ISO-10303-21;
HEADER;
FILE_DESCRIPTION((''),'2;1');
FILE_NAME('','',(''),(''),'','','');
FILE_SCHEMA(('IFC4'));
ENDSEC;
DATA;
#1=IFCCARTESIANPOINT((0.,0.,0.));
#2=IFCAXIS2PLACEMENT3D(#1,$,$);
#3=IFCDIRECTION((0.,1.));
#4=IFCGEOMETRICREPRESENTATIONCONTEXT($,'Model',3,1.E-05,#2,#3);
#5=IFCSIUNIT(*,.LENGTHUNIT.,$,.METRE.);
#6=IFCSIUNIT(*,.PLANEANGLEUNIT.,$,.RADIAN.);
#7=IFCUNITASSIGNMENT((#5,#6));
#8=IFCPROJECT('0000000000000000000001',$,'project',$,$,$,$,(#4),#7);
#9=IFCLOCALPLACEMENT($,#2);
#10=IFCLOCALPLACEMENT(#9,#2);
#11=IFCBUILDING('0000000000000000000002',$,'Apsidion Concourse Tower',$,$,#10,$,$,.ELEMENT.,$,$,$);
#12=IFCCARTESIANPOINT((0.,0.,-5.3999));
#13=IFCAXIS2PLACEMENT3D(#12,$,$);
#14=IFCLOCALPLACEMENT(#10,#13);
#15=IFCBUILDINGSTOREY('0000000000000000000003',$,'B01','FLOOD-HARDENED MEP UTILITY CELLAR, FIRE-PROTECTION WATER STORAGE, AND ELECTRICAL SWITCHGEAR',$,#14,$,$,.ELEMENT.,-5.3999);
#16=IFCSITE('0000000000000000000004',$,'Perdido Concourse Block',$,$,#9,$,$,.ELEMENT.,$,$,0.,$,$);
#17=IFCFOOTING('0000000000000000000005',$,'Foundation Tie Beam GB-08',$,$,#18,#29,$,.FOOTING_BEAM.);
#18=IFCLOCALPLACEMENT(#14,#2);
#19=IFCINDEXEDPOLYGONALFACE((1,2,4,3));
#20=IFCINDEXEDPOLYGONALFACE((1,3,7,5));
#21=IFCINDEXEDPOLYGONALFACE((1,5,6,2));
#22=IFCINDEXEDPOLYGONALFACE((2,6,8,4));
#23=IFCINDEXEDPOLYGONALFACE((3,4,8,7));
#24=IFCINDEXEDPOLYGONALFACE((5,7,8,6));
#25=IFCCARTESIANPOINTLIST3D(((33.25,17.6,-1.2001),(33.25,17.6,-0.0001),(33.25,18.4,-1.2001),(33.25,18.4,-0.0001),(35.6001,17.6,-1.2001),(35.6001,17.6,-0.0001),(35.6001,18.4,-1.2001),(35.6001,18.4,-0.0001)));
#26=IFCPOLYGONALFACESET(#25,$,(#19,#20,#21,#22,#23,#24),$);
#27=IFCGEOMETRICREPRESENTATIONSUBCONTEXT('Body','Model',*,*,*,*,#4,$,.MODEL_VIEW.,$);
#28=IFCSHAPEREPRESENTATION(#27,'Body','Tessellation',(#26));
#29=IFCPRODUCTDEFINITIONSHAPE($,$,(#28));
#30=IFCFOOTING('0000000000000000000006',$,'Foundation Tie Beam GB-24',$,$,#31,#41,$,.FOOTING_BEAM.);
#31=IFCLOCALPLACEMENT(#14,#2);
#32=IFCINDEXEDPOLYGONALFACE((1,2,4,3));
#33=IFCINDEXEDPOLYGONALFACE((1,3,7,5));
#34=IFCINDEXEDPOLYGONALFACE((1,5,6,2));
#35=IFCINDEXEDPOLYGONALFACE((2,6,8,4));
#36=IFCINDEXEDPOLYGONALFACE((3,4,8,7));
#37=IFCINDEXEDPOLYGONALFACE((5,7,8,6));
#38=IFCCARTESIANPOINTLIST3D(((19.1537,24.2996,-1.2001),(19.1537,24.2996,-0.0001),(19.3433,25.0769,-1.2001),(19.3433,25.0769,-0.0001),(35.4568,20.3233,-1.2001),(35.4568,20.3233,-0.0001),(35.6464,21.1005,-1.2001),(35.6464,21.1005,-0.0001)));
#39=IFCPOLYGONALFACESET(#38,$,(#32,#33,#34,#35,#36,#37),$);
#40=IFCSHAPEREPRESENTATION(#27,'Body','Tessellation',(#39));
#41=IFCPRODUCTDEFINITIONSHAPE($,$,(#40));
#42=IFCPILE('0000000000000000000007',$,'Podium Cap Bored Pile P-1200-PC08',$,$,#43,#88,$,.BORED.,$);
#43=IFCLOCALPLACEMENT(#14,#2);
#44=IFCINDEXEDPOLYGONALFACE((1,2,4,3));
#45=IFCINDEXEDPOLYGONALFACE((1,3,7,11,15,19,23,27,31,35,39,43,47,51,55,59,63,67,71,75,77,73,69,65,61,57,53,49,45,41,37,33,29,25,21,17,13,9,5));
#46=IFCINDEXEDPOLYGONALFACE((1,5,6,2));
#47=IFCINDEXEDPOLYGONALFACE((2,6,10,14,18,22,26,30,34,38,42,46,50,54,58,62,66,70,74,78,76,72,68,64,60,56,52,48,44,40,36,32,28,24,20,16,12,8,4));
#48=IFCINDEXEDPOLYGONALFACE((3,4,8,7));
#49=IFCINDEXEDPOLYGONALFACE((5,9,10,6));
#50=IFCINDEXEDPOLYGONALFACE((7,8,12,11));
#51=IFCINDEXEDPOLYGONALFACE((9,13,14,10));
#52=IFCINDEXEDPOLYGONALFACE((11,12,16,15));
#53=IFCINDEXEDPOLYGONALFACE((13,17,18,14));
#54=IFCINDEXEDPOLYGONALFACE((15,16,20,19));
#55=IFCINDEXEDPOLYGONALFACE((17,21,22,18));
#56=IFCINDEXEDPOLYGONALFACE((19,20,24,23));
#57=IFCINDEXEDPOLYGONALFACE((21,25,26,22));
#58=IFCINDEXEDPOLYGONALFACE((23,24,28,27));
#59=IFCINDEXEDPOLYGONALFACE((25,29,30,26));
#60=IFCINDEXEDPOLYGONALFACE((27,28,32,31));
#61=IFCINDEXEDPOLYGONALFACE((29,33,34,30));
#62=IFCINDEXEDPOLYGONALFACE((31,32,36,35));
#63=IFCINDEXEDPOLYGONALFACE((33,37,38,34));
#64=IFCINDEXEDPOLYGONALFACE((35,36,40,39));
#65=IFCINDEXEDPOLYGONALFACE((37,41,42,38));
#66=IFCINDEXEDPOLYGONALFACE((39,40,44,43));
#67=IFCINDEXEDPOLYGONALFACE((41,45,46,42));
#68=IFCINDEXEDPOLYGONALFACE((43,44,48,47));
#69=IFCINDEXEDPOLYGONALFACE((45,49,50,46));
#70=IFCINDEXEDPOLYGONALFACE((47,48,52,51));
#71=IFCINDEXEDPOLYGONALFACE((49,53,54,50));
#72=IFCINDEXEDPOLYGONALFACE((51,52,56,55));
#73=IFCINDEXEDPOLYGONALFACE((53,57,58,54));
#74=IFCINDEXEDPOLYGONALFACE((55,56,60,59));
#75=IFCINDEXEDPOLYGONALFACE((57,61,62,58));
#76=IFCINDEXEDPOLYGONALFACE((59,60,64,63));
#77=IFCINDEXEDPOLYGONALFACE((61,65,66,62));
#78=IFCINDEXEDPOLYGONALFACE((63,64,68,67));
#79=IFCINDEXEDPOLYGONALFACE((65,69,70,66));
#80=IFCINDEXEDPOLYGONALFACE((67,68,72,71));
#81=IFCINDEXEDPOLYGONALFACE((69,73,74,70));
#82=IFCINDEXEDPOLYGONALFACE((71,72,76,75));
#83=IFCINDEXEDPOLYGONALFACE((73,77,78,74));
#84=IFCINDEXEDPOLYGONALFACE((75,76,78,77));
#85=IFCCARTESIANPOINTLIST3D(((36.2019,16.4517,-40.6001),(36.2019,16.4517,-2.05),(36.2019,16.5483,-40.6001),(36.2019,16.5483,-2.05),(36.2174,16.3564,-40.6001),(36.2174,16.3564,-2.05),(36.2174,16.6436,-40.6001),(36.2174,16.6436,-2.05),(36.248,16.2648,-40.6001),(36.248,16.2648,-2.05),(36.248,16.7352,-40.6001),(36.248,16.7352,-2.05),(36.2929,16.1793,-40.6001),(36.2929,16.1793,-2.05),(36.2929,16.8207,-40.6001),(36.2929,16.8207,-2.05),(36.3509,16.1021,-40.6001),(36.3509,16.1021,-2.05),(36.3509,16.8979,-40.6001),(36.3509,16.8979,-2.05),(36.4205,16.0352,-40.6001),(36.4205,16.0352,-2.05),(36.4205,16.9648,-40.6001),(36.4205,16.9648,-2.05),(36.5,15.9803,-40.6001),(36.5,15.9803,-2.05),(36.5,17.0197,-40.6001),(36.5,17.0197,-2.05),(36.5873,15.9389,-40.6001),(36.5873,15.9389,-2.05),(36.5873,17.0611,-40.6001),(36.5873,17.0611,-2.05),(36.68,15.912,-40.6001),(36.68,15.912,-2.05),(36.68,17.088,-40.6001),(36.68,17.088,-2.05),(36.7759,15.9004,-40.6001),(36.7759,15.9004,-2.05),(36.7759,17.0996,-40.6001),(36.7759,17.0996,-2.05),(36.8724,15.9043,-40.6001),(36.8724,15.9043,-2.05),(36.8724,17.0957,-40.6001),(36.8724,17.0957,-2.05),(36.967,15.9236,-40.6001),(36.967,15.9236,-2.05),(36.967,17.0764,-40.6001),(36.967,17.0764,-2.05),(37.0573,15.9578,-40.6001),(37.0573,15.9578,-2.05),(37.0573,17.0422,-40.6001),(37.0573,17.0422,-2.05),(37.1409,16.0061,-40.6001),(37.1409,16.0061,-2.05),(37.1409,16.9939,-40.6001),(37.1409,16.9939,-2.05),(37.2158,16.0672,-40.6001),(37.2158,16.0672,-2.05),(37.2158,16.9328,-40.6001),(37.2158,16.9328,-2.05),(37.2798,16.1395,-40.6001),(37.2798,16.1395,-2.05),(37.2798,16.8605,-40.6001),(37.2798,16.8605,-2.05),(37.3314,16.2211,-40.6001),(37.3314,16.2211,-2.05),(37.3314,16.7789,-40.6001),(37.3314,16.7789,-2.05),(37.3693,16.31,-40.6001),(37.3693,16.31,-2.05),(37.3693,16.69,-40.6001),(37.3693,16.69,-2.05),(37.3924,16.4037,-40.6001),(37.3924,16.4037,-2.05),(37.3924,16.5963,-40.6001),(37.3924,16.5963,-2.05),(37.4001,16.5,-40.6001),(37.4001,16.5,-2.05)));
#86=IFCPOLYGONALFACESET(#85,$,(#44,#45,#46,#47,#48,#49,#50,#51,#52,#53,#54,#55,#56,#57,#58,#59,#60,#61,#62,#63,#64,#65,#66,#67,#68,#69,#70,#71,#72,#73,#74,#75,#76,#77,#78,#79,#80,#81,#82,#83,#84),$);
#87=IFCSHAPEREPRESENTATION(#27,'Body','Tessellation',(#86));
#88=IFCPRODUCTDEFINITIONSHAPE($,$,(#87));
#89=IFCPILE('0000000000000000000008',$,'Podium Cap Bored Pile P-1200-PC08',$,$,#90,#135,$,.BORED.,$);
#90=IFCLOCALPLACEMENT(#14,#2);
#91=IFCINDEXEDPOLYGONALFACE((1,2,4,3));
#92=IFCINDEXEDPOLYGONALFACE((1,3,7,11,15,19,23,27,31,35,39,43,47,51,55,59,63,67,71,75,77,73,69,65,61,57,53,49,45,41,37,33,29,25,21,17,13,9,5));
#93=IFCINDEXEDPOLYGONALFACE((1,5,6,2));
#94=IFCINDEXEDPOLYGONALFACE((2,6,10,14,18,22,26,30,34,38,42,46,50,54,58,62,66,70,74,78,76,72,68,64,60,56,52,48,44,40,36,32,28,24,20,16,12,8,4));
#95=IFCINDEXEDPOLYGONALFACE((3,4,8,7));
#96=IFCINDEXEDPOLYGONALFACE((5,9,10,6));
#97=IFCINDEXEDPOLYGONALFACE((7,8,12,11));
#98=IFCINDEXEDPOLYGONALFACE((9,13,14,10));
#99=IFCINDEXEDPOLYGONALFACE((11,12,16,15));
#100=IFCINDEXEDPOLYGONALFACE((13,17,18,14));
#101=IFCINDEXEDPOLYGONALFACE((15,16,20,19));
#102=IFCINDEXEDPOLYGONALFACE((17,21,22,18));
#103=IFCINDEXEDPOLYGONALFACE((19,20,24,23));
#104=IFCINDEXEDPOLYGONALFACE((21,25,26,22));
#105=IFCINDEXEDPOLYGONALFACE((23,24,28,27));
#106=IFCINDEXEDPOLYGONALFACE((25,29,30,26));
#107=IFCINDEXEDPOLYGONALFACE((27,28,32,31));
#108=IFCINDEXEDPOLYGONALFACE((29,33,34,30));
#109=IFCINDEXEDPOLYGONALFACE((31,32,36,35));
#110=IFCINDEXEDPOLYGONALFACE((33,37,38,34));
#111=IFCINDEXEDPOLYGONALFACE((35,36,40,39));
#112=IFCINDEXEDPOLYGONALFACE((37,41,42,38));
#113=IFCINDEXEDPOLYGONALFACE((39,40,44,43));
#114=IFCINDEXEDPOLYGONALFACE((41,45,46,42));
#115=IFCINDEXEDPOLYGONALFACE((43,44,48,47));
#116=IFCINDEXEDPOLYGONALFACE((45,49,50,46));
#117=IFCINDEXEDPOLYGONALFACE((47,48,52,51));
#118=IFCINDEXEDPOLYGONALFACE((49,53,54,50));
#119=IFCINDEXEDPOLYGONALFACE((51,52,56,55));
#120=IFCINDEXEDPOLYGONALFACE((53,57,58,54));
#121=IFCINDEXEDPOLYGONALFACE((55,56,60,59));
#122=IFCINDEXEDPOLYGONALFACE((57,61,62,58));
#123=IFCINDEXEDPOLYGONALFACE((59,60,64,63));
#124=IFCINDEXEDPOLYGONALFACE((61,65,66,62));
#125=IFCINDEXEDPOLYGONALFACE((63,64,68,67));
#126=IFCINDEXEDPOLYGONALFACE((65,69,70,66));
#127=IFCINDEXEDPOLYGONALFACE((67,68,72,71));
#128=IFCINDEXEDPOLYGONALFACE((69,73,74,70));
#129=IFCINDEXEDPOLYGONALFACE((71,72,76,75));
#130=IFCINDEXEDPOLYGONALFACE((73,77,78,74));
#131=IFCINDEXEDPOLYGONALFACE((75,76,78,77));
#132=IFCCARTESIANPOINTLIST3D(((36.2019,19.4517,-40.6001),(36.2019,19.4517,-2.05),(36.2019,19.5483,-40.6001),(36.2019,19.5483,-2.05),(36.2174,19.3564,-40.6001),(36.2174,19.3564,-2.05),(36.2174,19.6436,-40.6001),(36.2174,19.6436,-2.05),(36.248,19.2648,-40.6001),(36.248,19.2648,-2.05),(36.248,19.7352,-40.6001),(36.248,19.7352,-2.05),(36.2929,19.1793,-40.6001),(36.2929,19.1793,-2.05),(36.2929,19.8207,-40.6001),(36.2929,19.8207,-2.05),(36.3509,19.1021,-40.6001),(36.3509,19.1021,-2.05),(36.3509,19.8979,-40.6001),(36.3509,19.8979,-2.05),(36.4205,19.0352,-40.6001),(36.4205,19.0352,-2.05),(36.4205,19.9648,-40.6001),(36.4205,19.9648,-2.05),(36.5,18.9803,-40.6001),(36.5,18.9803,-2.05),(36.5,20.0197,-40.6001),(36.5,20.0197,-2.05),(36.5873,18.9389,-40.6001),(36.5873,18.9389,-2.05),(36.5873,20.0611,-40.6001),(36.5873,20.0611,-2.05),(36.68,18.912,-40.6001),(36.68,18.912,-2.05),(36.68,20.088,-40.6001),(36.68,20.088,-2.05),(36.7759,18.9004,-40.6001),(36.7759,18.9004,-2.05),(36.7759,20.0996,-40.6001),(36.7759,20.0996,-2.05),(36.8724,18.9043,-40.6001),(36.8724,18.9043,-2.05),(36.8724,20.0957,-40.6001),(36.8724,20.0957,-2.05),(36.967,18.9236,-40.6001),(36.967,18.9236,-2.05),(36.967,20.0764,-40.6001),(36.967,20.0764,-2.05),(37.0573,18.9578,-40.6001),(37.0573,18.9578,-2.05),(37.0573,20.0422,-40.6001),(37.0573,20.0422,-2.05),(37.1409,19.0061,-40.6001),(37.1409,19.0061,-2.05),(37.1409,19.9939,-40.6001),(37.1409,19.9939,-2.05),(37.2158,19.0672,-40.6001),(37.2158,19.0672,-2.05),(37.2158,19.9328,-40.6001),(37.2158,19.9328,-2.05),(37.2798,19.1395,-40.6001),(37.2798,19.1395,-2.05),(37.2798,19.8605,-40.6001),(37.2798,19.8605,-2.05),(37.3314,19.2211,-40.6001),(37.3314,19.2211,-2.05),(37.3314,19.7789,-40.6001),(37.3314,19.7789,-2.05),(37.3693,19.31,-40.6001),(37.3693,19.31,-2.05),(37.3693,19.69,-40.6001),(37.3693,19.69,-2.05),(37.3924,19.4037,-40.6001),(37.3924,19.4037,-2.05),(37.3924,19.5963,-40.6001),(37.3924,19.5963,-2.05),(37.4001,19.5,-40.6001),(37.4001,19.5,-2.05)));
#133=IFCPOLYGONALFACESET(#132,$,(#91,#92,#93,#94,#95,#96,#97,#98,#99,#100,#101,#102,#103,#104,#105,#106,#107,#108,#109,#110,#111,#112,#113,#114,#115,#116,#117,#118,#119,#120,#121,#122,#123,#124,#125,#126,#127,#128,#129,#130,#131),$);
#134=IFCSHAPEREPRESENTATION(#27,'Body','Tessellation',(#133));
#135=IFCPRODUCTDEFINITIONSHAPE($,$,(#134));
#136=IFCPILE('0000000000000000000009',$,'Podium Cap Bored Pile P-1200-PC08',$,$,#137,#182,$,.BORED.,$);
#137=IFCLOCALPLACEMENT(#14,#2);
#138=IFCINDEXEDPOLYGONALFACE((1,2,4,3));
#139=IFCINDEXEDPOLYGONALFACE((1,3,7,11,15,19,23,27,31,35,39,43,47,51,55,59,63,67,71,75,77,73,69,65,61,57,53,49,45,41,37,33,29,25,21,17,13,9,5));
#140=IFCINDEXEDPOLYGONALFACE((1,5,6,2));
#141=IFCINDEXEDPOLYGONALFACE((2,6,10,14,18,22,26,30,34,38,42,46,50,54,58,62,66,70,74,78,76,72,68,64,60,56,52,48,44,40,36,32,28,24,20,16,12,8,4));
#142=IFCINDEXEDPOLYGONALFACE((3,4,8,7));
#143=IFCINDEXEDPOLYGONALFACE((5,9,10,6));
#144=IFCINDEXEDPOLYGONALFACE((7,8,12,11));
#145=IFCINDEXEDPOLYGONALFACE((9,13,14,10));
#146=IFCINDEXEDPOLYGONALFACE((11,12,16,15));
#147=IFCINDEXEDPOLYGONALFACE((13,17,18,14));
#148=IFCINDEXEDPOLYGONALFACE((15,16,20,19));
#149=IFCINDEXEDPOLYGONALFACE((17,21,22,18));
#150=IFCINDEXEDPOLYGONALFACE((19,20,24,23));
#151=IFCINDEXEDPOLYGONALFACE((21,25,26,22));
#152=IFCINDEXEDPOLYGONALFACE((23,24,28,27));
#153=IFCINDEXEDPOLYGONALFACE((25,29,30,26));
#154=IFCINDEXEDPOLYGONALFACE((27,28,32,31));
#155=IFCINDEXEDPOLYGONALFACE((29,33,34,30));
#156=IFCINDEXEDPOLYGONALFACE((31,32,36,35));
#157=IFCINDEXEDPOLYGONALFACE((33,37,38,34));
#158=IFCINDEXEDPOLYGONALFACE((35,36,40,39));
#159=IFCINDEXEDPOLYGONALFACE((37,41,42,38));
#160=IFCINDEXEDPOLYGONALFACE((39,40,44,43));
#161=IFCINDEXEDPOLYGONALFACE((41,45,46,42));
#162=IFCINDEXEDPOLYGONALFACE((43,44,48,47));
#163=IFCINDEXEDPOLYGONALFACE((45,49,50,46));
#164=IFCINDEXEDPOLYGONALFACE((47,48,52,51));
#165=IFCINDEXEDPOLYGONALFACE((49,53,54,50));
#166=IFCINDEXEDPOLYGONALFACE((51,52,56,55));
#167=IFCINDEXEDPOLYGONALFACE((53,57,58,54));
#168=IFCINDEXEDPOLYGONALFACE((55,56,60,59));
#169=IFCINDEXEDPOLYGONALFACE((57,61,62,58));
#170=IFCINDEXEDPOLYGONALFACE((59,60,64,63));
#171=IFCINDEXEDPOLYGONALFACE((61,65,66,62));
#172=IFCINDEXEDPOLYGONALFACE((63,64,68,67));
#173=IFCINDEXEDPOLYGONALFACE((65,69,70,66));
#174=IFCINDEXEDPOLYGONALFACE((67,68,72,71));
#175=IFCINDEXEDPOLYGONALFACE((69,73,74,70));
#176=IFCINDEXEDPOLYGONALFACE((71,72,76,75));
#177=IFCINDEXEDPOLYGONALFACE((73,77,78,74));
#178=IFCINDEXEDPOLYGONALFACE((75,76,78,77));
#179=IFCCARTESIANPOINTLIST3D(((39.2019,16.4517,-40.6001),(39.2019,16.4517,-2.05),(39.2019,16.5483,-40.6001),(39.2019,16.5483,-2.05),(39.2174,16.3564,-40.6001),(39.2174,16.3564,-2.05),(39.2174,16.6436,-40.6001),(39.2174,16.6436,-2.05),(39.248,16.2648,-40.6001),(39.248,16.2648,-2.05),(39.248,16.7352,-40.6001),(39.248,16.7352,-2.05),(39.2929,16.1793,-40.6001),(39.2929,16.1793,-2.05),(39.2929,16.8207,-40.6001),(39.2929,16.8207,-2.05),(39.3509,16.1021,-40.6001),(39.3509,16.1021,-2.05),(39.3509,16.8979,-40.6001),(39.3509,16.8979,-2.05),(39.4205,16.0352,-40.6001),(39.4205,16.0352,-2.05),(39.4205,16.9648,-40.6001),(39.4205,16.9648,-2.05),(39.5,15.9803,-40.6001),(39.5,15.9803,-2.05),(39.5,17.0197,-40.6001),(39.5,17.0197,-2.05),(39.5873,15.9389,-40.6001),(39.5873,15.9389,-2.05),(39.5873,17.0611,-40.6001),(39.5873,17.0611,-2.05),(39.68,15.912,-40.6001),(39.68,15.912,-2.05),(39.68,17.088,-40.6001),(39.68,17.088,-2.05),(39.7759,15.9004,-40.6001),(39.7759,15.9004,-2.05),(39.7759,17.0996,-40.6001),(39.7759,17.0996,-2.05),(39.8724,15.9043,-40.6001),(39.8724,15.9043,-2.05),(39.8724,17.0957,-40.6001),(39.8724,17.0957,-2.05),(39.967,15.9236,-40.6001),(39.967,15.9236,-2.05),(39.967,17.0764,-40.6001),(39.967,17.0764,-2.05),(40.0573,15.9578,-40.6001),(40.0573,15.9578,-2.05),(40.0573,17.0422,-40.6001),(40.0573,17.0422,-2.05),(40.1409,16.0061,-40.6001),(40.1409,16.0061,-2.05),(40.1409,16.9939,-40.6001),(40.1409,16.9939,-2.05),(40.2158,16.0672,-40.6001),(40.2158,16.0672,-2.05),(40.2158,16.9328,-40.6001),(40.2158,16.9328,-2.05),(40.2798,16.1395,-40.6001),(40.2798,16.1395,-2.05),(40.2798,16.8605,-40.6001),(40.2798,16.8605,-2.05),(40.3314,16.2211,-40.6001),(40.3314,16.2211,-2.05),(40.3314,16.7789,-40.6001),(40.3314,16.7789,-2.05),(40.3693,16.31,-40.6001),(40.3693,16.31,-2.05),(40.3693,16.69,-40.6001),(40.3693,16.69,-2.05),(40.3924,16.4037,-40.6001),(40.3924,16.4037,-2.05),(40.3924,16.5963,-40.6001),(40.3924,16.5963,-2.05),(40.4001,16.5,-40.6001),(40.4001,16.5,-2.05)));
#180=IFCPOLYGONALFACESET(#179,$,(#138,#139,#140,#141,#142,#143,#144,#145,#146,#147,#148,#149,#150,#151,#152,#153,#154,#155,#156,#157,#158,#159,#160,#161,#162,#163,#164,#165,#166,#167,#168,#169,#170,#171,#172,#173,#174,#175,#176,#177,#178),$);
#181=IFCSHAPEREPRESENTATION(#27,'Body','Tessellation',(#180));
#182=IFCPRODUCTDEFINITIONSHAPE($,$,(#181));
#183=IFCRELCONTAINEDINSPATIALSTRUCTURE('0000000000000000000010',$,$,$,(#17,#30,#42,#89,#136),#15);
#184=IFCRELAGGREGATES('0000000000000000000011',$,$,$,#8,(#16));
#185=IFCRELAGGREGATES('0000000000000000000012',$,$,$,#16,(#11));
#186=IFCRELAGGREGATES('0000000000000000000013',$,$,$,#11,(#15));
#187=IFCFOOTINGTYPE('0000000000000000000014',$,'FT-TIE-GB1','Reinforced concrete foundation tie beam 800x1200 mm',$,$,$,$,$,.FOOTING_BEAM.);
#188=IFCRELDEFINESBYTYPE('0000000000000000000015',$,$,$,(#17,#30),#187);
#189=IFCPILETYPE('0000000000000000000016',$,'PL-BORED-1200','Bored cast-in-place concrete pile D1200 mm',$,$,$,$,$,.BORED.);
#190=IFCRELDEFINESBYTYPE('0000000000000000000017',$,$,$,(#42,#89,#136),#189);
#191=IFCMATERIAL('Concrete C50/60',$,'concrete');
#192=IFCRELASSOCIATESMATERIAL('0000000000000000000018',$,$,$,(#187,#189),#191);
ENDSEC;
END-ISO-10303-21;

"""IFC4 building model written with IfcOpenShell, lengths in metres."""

from ifc_helpers import new_model, si_unit, direction, frame, origin, origin_2d, place, context, subcontext, project, spatial, rectangle, circle, extrude, material, material_profile, profile_set, type_object, element, save


model = new_model("IFC4")

# Units and contexts
model_context = context("Model", 3, precision=1e-05, world=origin(), true_north=direction((0.0, 1.0)))
body_context = subcontext(model_context, "Body", "Model", "MODEL_VIEW")
ifc_project = project(units=[si_unit("LENGTHUNIT", "METRE"), si_unit("PLANEANGLEUNIT", "RADIAN")], contexts=[model_context])

# Site, building, storey
site_placement = place(None, origin())
site = spatial("IfcSite", under=ifc_project, at=site_placement, Name="Perdido Concourse Block", CompositionType="ELEMENT", RefElevation=0.0)
building_placement = place(site_placement, origin())
building = spatial("IfcBuilding", under=site, at=building_placement, Name="Apsidion Concourse Tower", CompositionType="ELEMENT")
storey_placement = place(building_placement, frame((0.0, 0.0, -5.3999)))
storey = spatial("IfcBuildingStorey", under=building, at=storey_placement, Name="B01", Description="FLOOD-HARDENED MEP UTILITY CELLAR, FIRE-PROTECTION WATER STORAGE, AND ELECTRICAL SWITCHGEAR", CompositionType="ELEMENT", Elevation=-5.3999)

# Footings
ifc_material_1 = material(Name="Concrete C50/60", Category="concrete")
ifc_material_profile_1 = material_profile(ifc_material_1, rectangle(XDim=0.8, YDim=1.2, at=origin_2d()), Name="RC 800x1200")
ifc_profile_set_1 = profile_set([ifc_material_profile_1], Name="Concrete C50/60")
footing_type = type_object("IfcFootingType", Name="FT-TIE-GB1", Description="Reinforced concrete foundation tie beam 800x1200 mm", PredefinedType="FOOTING_BEAM", material=ifc_profile_set_1)
footing_1_placement = place(storey_placement, frame((33.25, 18.0, -0.6001), z_axis=(1.0, 0.0, 0.0), x_axis=(0.0, 1.0, 0.0)))
element("IfcFooting", 1, at=footing_1_placement, inside=storey, type_object=footing_type, Name="Foundation Tie Beam GB-08", PredefinedType="FOOTING_BEAM", context=body_context, shape_type="SweptSolid", body=[
    extrude(rectangle(XDim=0.8, YDim=1.2, at=origin_2d()), origin(), (0.0, 0.0, 1.0), 2.3501),
])
footing_2_placement = place(storey_placement, frame((19.2485, 24.6882, -0.6001), z_axis=(0.971521, -0.236955, 0.0), x_axis=(0.236955, 0.971521, 0.0)))
element("IfcFooting", 2, at=footing_2_placement, inside=storey, type_object=footing_type, Name="Foundation Tie Beam GB-24", PredefinedType="FOOTING_BEAM", context=body_context, shape_type="SweptSolid", body=[
    extrude(rectangle(XDim=0.8, YDim=1.2, at=origin_2d()), origin(), (0.0, 0.0, 1.0), 16.781),
])

# Piles
ifc_material_profile_2 = material_profile(ifc_material_1, circle(Radius=0.6001, at=origin_2d()), Name="BORED PILE D1200")
ifc_profile_set_2 = profile_set([ifc_material_profile_2], Name="Concrete C50/60")
pile_type_1 = type_object("IfcPileType", Name="PL-BORED-1200", Description="Bored cast-in-place concrete pile D1200 mm", PredefinedType="BORED", material=ifc_profile_set_2)
for number, where, z_axis, x_axis, name in (
    (3, (36.8, 16.5, -2.05), (0.0, 0.0, -1.0), (1.0, 0.0, 0.0), "Podium Cap Bored Pile P-1200-PC08"),
    (4, (36.8, 19.5, -2.05), (0.0, 0.0, -1.0), (1.0, 0.0, 0.0), "Podium Cap Bored Pile P-1200-PC08"),
    (5, (39.8, 16.5, -2.05), (0.0, 0.0, -1.0), (1.0, 0.0, 0.0), "Podium Cap Bored Pile P-1200-PC08"),
):
    element("IfcPile", number, at=place(storey_placement, frame(where, z_axis=z_axis, x_axis=x_axis)), inside=storey, type_object=pile_type_1, Name=name, PredefinedType="BORED", context=body_context, shape_type="SweptSolid", body=[
        extrude(circle(Radius=0.6001, at=origin_2d()), origin(), (0.0, 0.0, 1.0), 38.55),
    ])

save(model, "model.ifc")
